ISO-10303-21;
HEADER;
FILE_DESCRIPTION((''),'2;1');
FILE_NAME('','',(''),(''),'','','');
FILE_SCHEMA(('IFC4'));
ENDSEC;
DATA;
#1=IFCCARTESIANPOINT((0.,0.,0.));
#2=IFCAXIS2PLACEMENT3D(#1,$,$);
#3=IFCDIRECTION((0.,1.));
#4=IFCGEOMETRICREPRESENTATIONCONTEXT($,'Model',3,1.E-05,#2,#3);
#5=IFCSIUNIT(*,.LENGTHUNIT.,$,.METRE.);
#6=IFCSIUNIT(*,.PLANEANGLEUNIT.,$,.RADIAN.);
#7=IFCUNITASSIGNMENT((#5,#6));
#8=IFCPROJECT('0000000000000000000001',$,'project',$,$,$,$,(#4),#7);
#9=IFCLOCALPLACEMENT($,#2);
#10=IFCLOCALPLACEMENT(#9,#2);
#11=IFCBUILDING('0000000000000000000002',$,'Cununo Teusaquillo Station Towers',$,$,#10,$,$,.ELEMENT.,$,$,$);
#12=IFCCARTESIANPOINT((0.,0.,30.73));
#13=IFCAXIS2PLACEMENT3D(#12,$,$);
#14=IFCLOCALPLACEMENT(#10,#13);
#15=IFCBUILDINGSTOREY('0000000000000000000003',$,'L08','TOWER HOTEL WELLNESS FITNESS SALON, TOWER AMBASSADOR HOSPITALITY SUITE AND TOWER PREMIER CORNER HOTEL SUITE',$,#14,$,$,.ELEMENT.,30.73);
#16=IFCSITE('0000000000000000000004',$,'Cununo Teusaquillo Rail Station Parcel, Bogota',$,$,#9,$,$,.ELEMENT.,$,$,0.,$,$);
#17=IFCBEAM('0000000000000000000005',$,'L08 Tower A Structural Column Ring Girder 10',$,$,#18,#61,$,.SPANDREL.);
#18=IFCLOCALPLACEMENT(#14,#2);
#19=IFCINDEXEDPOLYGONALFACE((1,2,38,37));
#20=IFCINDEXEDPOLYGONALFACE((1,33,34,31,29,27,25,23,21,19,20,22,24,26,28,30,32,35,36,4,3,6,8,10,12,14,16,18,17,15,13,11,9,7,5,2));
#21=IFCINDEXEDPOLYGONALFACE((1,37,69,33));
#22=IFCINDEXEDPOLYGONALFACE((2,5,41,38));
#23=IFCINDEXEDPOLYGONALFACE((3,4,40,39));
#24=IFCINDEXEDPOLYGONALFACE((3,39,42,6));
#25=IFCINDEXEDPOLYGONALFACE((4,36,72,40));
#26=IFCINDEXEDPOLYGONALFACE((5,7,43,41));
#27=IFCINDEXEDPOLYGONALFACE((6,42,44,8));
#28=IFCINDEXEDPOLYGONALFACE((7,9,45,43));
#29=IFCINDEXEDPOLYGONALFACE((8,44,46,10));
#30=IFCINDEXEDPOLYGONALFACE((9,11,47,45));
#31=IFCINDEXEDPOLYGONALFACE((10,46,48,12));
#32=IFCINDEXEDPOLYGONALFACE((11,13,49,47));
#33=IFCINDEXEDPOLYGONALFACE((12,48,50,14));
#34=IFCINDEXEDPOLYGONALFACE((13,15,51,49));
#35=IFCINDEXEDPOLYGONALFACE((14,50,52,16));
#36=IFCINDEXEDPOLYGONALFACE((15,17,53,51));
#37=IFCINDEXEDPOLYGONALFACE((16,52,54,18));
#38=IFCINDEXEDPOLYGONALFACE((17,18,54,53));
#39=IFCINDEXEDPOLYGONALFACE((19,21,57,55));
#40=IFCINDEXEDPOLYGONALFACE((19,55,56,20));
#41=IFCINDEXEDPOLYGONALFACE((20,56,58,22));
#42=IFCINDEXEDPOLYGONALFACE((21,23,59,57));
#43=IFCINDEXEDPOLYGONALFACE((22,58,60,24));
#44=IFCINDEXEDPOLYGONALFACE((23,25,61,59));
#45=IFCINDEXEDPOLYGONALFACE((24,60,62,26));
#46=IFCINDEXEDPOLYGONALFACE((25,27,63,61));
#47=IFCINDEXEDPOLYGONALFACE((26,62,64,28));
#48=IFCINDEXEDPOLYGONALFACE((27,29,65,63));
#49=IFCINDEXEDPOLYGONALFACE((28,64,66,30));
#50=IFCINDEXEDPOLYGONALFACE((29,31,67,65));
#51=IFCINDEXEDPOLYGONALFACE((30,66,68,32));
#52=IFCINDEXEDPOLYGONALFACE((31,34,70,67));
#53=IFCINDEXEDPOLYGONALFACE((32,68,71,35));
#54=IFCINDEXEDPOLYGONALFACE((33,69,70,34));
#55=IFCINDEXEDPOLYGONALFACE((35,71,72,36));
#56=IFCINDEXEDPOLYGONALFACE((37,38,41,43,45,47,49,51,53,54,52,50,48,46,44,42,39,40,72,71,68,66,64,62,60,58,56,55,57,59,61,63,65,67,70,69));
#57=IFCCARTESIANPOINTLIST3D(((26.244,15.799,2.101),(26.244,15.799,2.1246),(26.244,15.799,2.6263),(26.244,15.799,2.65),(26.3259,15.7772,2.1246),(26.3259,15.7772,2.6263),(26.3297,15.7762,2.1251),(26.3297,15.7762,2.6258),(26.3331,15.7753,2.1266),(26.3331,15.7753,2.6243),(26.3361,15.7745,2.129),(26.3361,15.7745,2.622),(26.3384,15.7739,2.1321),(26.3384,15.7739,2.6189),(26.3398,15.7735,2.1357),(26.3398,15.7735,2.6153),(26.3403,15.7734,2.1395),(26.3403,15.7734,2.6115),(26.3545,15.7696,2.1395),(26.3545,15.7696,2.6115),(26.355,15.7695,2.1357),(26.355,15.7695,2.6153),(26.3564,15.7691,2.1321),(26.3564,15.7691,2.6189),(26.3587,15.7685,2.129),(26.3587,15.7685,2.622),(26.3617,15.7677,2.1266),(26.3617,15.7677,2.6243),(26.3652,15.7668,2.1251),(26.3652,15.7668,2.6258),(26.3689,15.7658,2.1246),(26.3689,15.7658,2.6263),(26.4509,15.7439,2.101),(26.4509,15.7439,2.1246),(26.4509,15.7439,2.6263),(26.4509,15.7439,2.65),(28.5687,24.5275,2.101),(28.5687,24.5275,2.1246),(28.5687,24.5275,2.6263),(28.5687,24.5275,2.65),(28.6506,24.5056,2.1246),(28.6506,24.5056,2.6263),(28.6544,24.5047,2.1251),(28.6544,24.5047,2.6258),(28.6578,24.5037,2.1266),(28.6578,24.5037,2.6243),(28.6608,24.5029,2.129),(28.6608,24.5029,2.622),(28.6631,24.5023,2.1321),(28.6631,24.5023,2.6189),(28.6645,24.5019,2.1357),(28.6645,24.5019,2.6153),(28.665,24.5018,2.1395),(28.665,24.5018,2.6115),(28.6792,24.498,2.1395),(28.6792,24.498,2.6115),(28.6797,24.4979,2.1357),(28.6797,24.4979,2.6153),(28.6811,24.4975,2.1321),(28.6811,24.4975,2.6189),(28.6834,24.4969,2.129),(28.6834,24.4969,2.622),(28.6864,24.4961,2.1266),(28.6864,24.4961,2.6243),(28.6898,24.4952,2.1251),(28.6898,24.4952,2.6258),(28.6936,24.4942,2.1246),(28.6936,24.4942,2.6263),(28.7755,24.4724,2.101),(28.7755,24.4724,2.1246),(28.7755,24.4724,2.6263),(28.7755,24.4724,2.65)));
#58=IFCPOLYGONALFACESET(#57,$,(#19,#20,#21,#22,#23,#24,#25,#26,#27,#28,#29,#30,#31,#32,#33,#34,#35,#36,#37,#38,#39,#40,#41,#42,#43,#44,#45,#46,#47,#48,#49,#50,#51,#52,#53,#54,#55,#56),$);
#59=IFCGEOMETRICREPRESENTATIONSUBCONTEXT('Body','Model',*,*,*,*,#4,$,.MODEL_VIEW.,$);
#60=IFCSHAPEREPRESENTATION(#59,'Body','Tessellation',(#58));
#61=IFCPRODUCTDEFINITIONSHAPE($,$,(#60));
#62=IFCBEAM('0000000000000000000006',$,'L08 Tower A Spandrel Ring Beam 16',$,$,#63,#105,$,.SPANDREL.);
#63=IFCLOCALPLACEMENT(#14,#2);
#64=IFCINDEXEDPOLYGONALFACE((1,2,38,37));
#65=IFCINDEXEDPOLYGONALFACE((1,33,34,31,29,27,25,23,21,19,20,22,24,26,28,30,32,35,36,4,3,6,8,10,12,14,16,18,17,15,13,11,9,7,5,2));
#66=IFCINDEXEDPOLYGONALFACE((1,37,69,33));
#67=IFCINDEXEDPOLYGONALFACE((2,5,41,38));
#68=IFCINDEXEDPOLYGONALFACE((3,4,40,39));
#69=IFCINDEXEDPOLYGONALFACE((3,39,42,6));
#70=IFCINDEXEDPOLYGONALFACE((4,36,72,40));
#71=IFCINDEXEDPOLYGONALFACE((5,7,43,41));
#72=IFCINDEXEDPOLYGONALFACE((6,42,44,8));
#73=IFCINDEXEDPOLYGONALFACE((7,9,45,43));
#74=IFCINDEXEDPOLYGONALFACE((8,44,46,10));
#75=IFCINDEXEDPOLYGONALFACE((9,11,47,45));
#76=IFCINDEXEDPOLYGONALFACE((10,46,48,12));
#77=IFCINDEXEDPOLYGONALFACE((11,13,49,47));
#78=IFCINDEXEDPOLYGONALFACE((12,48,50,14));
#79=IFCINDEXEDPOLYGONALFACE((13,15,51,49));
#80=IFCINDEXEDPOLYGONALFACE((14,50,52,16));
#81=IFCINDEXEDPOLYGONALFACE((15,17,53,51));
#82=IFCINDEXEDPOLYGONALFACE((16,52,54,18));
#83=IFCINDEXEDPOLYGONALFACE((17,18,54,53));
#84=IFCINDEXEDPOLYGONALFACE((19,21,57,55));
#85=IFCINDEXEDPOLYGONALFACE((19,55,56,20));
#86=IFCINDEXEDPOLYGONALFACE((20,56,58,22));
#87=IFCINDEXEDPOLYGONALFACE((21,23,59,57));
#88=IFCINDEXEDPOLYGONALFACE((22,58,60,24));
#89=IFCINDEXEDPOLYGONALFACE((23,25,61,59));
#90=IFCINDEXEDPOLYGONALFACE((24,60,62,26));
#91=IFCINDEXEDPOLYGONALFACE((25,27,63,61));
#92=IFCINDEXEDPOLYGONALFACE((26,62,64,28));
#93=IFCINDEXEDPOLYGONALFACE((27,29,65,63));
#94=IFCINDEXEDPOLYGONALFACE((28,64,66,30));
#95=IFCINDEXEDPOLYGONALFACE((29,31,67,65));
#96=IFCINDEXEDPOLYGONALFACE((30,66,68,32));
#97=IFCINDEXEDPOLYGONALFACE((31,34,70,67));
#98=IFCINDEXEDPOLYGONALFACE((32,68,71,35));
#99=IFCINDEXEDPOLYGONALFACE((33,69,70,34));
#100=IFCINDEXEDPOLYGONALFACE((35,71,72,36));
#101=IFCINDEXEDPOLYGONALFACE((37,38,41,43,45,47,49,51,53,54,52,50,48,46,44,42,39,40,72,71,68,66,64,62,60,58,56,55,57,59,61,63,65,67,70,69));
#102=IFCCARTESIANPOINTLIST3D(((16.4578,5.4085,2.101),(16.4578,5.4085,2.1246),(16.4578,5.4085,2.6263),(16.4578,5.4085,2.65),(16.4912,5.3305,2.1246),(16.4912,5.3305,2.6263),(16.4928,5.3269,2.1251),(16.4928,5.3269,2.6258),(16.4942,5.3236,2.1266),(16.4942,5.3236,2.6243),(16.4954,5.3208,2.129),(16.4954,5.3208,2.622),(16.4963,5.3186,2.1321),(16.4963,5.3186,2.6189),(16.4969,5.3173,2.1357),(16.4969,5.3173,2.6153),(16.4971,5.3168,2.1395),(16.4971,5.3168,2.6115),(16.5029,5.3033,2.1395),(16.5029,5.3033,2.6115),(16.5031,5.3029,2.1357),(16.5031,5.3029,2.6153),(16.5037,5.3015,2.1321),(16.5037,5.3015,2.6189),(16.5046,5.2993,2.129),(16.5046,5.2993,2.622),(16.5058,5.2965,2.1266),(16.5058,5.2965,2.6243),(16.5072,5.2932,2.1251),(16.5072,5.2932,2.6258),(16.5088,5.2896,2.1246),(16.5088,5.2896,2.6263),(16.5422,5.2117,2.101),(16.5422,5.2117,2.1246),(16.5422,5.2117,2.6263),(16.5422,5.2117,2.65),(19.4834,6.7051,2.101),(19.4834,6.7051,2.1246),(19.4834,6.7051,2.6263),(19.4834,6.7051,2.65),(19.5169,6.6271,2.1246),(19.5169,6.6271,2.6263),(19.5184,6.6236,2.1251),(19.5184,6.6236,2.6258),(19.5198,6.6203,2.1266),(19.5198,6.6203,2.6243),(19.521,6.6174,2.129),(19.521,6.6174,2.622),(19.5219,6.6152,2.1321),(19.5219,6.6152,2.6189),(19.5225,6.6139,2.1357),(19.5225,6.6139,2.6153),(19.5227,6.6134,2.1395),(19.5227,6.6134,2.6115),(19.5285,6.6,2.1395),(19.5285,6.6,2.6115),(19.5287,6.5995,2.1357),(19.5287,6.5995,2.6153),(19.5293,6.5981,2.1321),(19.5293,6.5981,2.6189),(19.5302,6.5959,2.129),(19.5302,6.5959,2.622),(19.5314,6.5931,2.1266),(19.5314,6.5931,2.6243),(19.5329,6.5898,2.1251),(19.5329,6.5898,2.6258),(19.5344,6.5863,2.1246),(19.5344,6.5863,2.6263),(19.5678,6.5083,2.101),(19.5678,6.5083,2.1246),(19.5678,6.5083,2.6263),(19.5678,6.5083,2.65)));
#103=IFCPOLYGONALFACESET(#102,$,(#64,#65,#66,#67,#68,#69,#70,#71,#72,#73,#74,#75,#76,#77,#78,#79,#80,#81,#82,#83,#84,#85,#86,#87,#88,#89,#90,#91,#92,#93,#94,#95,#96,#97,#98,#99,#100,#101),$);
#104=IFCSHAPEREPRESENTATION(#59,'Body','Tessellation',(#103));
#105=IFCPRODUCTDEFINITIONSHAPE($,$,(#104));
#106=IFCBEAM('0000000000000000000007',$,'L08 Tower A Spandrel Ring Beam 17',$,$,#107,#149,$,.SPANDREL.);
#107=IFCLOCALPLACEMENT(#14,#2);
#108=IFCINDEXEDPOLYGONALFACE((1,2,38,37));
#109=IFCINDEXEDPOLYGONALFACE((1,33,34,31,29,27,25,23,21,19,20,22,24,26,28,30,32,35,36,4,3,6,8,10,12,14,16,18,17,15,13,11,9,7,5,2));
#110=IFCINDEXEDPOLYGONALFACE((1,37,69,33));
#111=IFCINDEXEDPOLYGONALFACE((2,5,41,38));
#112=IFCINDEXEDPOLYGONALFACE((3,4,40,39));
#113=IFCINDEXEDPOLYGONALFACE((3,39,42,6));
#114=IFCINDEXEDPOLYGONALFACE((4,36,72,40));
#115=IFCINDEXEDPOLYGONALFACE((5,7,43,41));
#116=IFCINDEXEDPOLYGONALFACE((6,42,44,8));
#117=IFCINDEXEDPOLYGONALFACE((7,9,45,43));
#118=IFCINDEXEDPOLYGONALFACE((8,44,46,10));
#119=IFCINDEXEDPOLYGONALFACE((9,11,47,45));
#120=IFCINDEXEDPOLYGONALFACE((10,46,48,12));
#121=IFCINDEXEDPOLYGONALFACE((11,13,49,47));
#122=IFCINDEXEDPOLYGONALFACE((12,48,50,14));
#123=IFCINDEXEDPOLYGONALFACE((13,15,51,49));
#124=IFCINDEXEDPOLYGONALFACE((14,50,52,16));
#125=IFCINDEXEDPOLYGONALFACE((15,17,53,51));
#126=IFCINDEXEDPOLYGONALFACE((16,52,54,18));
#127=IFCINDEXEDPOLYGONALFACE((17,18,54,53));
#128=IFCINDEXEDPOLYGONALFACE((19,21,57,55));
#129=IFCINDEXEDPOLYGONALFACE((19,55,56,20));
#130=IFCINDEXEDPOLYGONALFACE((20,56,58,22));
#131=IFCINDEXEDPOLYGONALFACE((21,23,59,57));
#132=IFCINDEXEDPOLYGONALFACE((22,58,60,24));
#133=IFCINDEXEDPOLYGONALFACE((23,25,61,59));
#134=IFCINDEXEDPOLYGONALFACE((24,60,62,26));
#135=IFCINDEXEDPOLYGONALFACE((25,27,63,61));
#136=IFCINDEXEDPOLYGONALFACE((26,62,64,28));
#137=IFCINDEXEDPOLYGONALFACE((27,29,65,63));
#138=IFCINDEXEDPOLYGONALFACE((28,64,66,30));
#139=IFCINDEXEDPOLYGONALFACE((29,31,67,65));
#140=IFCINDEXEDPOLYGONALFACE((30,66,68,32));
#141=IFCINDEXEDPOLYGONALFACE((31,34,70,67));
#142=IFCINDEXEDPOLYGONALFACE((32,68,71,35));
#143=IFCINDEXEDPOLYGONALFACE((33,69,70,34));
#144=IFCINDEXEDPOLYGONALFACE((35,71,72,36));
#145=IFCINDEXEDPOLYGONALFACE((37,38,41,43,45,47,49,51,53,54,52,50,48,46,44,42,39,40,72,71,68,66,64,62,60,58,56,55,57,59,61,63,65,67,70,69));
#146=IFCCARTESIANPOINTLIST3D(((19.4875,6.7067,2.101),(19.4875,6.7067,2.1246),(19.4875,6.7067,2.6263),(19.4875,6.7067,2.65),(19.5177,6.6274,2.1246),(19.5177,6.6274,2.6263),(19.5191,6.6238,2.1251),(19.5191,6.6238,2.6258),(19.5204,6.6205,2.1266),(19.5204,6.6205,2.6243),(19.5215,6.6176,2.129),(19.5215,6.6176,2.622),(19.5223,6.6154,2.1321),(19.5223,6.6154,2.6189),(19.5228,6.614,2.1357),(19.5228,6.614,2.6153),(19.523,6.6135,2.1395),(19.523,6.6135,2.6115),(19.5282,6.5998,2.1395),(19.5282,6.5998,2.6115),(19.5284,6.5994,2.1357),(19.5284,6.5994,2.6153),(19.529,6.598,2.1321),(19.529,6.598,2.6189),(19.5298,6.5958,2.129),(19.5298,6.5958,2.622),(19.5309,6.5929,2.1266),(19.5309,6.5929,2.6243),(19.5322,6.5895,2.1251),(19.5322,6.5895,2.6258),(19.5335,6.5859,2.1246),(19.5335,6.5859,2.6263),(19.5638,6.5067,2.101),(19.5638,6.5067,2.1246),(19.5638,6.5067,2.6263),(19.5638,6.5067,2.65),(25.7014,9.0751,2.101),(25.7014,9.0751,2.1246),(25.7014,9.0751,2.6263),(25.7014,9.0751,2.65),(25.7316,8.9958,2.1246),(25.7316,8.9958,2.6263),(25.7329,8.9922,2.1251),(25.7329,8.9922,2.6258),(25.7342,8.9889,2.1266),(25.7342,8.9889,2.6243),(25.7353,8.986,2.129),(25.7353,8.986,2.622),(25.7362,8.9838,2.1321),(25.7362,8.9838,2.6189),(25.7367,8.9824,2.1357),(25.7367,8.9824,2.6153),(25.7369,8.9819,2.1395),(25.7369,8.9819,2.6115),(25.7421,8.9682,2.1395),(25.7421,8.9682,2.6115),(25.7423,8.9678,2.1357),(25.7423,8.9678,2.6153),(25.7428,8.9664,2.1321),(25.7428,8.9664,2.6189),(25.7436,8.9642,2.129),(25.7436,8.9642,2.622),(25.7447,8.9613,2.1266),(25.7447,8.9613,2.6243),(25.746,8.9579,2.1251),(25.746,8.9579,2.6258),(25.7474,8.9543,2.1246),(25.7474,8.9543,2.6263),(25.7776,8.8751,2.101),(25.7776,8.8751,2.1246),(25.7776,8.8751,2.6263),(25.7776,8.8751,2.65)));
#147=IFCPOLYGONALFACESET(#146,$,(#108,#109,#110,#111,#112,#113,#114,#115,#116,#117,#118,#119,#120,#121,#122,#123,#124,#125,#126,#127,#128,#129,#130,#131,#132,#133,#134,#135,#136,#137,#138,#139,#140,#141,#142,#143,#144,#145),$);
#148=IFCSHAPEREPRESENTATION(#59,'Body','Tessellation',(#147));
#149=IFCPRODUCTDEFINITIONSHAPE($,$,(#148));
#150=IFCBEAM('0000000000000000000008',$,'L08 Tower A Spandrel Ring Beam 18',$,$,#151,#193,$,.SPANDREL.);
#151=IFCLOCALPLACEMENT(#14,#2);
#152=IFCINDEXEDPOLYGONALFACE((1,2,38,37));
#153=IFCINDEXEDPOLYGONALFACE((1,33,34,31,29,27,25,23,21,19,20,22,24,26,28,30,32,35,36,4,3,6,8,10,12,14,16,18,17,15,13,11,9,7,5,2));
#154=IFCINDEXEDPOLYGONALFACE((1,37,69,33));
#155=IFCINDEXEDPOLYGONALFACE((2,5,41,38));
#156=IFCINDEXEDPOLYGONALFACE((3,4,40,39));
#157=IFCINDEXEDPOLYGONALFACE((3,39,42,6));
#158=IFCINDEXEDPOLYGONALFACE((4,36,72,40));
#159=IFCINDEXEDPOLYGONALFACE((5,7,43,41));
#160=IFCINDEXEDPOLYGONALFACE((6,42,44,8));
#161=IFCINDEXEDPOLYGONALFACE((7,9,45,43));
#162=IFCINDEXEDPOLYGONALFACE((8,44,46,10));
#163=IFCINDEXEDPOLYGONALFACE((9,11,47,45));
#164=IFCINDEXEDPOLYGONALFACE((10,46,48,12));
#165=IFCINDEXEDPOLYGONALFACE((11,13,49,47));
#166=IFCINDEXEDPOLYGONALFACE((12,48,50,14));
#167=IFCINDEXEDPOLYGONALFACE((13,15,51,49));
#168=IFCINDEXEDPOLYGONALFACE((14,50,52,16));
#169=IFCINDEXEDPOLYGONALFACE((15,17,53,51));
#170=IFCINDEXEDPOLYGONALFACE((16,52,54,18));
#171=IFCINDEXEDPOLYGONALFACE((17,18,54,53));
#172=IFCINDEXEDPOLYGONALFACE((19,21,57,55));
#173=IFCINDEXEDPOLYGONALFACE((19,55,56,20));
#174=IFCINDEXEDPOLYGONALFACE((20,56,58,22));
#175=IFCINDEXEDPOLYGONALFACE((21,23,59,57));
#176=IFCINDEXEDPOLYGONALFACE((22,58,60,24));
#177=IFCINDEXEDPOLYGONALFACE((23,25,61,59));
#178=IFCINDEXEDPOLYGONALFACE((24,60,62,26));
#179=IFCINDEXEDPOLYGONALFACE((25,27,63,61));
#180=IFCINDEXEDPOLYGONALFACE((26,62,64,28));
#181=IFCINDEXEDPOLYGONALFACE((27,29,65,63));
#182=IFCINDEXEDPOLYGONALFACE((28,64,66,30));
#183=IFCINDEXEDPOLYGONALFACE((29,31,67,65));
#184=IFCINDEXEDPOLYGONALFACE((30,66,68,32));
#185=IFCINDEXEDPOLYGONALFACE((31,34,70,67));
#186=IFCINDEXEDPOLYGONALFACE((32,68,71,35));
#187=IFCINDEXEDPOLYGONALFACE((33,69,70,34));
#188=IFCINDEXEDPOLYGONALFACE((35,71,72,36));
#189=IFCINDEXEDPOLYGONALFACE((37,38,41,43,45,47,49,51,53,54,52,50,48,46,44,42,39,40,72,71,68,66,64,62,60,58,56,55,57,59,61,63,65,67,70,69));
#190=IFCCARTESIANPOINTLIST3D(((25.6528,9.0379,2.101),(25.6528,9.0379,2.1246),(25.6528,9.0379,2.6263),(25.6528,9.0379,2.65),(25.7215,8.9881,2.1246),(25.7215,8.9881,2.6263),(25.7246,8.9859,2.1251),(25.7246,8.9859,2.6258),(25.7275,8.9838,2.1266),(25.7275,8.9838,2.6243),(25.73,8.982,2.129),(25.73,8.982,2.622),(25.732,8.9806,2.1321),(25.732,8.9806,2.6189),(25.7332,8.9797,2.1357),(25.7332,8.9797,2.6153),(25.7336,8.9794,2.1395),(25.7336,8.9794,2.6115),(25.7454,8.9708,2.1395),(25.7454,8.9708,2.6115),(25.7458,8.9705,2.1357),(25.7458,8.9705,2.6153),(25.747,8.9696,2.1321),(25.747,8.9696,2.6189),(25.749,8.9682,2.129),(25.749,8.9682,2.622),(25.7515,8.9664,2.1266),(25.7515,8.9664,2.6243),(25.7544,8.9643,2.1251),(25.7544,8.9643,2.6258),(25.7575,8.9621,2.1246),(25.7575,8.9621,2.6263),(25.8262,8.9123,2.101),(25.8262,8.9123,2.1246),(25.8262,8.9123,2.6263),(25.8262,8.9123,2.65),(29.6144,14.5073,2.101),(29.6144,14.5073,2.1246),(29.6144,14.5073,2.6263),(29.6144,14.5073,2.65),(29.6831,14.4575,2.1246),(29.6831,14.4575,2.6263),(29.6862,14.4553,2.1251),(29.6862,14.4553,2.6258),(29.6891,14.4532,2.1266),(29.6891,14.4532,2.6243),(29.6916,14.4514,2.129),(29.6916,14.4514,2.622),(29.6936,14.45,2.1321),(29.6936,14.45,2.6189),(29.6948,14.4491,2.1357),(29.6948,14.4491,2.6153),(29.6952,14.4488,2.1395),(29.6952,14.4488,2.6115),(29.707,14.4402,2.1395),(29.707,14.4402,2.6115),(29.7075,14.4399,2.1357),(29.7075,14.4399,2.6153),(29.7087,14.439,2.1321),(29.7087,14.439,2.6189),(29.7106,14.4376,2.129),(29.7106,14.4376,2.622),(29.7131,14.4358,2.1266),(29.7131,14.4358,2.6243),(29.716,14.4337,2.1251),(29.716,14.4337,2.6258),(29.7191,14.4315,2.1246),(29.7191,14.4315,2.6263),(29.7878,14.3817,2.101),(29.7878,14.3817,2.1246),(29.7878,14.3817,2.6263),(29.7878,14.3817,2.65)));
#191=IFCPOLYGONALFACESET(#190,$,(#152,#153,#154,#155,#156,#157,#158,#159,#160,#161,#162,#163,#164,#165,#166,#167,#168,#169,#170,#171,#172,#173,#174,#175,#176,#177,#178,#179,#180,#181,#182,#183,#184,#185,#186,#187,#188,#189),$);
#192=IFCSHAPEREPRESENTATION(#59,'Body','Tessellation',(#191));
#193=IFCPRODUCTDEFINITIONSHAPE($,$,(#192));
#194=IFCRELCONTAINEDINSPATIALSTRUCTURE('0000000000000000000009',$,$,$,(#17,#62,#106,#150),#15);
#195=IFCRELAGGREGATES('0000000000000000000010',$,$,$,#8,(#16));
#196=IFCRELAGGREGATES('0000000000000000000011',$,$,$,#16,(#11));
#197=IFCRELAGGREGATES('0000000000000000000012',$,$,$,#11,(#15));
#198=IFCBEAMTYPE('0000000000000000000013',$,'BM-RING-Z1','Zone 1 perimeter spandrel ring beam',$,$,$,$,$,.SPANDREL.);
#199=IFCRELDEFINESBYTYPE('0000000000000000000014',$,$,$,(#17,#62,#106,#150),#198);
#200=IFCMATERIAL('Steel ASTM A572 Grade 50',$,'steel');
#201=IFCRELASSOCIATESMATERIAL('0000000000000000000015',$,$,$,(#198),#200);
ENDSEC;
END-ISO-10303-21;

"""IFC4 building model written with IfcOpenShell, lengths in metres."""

from ifc_helpers import new_model, si_unit, direction, frame, origin, origin_2d, place, context, subcontext, project, spatial, i_section, extrude, material, material_profile, profile_set, type_object, element, save


model = new_model("IFC4")

# Units and contexts
model_context = context("Model", 3, precision=1e-05, world=origin(), true_north=direction((0.0, 1.0)))
body_context = subcontext(model_context, "Body", "Model", "MODEL_VIEW")
ifc_project = project(units=[si_unit("LENGTHUNIT", "METRE"), si_unit("PLANEANGLEUNIT", "RADIAN")], contexts=[model_context])

# Site, building, storey
site_placement = place(None, origin())
site = spatial("IfcSite", under=ifc_project, at=site_placement, Name="Cununo Teusaquillo Rail Station Parcel, Bogota", CompositionType="ELEMENT", RefElevation=0.0)
building_placement = place(site_placement, origin())
building = spatial("IfcBuilding", under=site, at=building_placement, Name="Cununo Teusaquillo Station Towers", CompositionType="ELEMENT")
storey_placement = place(building_placement, frame((0.0, 0.0, 30.73)))
storey = spatial("IfcBuildingStorey", under=building, at=storey_placement, Name="L08", Description="TOWER HOTEL WELLNESS FITNESS SALON, TOWER AMBASSADOR HOSPITALITY SUITE AND TOWER PREMIER CORNER HOTEL SUITE", CompositionType="ELEMENT", Elevation=30.73)

# Beams
ifc_material_1 = material(Name="Steel ASTM A572 Grade 50", Category="steel")
ifc_material_profile_1 = material_profile(ifc_material_1, i_section(OverallWidth=0.2141, OverallDepth=0.5491, WebThickness=0.0146, FlangeThickness=0.0237, FilletRadius=0.0149, at=origin_2d()), Name="W21X93")
ifc_profile_set_1 = profile_set([ifc_material_profile_1], Name="Steel ASTM A572 Grade 50")
beam_type_1 = type_object("IfcBeamType", Name="BM-RING-Z1", Description="Zone 1 perimeter spandrel ring beam", PredefinedType="SPANDREL", material=ifc_profile_set_1)
beam_1_placement = place(storey_placement, frame((26.3474, 15.7715, 2.3755), z_axis=(0.257363, 0.966315, 0.0), x_axis=(-0.966315, 0.257363, 0.0)))
element("IfcBeam", 1, at=beam_1_placement, inside=storey, type_object=beam_type_1, Name="L08 Tower A Structural Column Ring Girder 10", PredefinedType="SPANDREL", context=body_context, shape_type="SweptSolid", body=[
    extrude(i_section(OverallWidth=0.2141, OverallDepth=0.5491, WebThickness=0.0146, FlangeThickness=0.0237, FilletRadius=0.0149, at=origin_2d()), origin(), (0.0, 0.0, 1.0), 9.0327),
])
beam_2_placement = place(storey_placement, frame((16.5, 5.3101, 2.3755), z_axis=(0.919153, 0.393901, 0.0), x_axis=(-0.393901, 0.919153, 0.0)))
element("IfcBeam", 2, at=beam_2_placement, inside=storey, type_object=beam_type_1, Name="L08 Tower A Spandrel Ring Beam 16", PredefinedType="SPANDREL", context=body_context, shape_type="SweptSolid", body=[
    extrude(i_section(OverallWidth=0.2141, OverallDepth=0.5491, WebThickness=0.0146, FlangeThickness=0.0237, FilletRadius=0.0149, at=origin_2d()), origin(), (0.0, 0.0, 1.0), 3.2917),
])
beam_3_placement = place(storey_placement, frame((19.5256, 6.6067, 2.3755), z_axis=(0.934427, 0.356156, 0.0), x_axis=(-0.356156, 0.934427, 0.0)))
element("IfcBeam", 3, at=beam_3_placement, inside=storey, type_object=beam_type_1, Name="L08 Tower A Spandrel Ring Beam 17", PredefinedType="SPANDREL", context=body_context, shape_type="SweptSolid", body=[
    extrude(i_section(OverallWidth=0.2141, OverallDepth=0.5491, WebThickness=0.0146, FlangeThickness=0.0237, FilletRadius=0.0149, at=origin_2d()), origin(), (0.0, 0.0, 1.0), 6.6499),
])
beam_4_placement = place(storey_placement, frame((25.7395, 8.9751, 2.3755), z_axis=(0.586608, 0.809871, 0.0), x_axis=(-0.809871, 0.586608, 0.0)))
element("IfcBeam", 4, at=beam_4_placement, inside=storey, type_object=beam_type_1, Name="L08 Tower A Spandrel Ring Beam 18", PredefinedType="SPANDREL", context=body_context, shape_type="SweptSolid", body=[
    extrude(i_section(OverallWidth=0.2141, OverallDepth=0.5491, WebThickness=0.0146, FlangeThickness=0.0237, FilletRadius=0.0149, at=origin_2d()), origin(), (0.0, 0.0, 1.0), 6.7534),
])

save(model, "model.ifc")
